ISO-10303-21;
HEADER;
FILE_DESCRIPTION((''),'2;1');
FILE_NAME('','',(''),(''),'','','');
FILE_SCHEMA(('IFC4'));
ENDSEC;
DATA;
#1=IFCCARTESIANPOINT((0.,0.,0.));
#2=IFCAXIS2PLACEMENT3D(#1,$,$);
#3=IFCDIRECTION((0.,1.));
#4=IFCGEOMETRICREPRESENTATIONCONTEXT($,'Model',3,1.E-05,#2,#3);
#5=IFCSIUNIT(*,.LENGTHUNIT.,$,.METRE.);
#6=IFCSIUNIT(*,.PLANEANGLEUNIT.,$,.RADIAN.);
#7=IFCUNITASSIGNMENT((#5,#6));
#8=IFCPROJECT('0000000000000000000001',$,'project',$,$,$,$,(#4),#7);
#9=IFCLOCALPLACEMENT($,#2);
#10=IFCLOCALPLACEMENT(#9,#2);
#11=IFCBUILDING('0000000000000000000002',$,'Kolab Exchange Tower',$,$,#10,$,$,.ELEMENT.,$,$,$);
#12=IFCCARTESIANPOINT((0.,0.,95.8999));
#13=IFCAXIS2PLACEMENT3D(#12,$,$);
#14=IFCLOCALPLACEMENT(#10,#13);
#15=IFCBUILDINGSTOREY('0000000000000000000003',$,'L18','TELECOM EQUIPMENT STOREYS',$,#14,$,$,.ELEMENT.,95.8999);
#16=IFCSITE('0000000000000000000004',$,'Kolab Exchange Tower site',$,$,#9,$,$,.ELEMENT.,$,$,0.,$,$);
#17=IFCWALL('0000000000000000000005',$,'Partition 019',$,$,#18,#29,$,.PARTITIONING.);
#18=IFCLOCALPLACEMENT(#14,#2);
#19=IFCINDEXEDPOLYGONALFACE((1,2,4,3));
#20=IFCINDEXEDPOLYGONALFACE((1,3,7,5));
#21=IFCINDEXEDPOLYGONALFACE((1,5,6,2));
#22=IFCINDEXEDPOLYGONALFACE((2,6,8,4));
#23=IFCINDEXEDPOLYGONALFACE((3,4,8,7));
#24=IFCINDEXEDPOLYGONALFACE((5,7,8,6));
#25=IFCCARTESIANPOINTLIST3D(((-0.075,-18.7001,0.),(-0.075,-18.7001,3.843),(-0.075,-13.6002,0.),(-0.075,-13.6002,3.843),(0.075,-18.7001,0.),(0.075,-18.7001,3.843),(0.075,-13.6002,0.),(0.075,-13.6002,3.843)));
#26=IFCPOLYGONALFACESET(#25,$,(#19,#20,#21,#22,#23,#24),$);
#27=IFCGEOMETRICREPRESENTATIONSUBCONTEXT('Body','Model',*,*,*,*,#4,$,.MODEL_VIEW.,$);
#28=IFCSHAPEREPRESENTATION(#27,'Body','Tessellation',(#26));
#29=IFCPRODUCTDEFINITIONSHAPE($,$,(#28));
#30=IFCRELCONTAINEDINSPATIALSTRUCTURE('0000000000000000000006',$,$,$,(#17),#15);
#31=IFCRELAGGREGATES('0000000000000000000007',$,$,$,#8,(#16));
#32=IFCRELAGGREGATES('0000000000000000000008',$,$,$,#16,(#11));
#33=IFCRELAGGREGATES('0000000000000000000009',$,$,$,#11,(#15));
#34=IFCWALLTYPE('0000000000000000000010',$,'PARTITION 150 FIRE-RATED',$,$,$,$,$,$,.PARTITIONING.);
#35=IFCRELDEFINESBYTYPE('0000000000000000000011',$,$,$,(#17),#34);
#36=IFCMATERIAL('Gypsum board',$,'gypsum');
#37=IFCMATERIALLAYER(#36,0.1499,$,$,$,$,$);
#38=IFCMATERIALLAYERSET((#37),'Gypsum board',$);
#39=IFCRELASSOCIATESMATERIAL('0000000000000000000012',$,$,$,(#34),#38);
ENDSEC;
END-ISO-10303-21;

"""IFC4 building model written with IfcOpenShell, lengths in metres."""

from ifc_helpers import new_model, si_unit, direction, frame, frame_2d, origin, place, context, subcontext, project, spatial, rectangle, extrude, material, layer, layer_set, type_object, element, save


model = new_model("IFC4")

# Units and contexts
model_context = context("Model", 3, precision=1e-05, world=origin(), true_north=direction((0.0, 1.0)))
body_context = subcontext(model_context, "Body", "Model", "MODEL_VIEW")
ifc_project = project(units=[si_unit("LENGTHUNIT", "METRE"), si_unit("PLANEANGLEUNIT", "RADIAN")], contexts=[model_context])

# Site, building, storey
site_placement = place(None, origin())
site = spatial("IfcSite", under=ifc_project, at=site_placement, Name="Kolab Exchange Tower site", CompositionType="ELEMENT", RefElevation=0.0)
building_placement = place(site_placement, origin())
building = spatial("IfcBuilding", under=site, at=building_placement, Name="Kolab Exchange Tower", CompositionType="ELEMENT")
storey_placement = place(building_placement, frame((0.0, 0.0, 95.8999)))
storey = spatial("IfcBuildingStorey", under=building, at=storey_placement, Name="L18", Description="TELECOM EQUIPMENT STOREYS", CompositionType="ELEMENT", Elevation=95.8999)

# Wall
ifc_material_1 = material(Name="Gypsum board", Category="gypsum")
ifc_layer_1 = layer(ifc_material_1, 0.1499)
ifc_layer_set_1 = layer_set([ifc_layer_1], Name="Gypsum board")
wall_type_1 = type_object("IfcWallType", Name="PARTITION 150 FIRE-RATED", PredefinedType="PARTITIONING", material=ifc_layer_set_1)
wall_1_placement = place(storey_placement, frame((0.0, -18.7, 0.0), z_axis=(0.0, 0.0, 1.0), x_axis=(0.0, 1.0, 0.0)))
element("IfcWall", 1, at=wall_1_placement, inside=storey, type_object=wall_type_1, Name="Partition 019", PredefinedType="PARTITIONING", context=body_context, shape_type="SweptSolid", body=[
    extrude(rectangle(XDim=5.0999, YDim=0.1499, at=frame_2d((2.5498, 0.0))), origin(), (0.0, 0.0, 1.0), 3.843),
])

save(model, "model.ifc")
